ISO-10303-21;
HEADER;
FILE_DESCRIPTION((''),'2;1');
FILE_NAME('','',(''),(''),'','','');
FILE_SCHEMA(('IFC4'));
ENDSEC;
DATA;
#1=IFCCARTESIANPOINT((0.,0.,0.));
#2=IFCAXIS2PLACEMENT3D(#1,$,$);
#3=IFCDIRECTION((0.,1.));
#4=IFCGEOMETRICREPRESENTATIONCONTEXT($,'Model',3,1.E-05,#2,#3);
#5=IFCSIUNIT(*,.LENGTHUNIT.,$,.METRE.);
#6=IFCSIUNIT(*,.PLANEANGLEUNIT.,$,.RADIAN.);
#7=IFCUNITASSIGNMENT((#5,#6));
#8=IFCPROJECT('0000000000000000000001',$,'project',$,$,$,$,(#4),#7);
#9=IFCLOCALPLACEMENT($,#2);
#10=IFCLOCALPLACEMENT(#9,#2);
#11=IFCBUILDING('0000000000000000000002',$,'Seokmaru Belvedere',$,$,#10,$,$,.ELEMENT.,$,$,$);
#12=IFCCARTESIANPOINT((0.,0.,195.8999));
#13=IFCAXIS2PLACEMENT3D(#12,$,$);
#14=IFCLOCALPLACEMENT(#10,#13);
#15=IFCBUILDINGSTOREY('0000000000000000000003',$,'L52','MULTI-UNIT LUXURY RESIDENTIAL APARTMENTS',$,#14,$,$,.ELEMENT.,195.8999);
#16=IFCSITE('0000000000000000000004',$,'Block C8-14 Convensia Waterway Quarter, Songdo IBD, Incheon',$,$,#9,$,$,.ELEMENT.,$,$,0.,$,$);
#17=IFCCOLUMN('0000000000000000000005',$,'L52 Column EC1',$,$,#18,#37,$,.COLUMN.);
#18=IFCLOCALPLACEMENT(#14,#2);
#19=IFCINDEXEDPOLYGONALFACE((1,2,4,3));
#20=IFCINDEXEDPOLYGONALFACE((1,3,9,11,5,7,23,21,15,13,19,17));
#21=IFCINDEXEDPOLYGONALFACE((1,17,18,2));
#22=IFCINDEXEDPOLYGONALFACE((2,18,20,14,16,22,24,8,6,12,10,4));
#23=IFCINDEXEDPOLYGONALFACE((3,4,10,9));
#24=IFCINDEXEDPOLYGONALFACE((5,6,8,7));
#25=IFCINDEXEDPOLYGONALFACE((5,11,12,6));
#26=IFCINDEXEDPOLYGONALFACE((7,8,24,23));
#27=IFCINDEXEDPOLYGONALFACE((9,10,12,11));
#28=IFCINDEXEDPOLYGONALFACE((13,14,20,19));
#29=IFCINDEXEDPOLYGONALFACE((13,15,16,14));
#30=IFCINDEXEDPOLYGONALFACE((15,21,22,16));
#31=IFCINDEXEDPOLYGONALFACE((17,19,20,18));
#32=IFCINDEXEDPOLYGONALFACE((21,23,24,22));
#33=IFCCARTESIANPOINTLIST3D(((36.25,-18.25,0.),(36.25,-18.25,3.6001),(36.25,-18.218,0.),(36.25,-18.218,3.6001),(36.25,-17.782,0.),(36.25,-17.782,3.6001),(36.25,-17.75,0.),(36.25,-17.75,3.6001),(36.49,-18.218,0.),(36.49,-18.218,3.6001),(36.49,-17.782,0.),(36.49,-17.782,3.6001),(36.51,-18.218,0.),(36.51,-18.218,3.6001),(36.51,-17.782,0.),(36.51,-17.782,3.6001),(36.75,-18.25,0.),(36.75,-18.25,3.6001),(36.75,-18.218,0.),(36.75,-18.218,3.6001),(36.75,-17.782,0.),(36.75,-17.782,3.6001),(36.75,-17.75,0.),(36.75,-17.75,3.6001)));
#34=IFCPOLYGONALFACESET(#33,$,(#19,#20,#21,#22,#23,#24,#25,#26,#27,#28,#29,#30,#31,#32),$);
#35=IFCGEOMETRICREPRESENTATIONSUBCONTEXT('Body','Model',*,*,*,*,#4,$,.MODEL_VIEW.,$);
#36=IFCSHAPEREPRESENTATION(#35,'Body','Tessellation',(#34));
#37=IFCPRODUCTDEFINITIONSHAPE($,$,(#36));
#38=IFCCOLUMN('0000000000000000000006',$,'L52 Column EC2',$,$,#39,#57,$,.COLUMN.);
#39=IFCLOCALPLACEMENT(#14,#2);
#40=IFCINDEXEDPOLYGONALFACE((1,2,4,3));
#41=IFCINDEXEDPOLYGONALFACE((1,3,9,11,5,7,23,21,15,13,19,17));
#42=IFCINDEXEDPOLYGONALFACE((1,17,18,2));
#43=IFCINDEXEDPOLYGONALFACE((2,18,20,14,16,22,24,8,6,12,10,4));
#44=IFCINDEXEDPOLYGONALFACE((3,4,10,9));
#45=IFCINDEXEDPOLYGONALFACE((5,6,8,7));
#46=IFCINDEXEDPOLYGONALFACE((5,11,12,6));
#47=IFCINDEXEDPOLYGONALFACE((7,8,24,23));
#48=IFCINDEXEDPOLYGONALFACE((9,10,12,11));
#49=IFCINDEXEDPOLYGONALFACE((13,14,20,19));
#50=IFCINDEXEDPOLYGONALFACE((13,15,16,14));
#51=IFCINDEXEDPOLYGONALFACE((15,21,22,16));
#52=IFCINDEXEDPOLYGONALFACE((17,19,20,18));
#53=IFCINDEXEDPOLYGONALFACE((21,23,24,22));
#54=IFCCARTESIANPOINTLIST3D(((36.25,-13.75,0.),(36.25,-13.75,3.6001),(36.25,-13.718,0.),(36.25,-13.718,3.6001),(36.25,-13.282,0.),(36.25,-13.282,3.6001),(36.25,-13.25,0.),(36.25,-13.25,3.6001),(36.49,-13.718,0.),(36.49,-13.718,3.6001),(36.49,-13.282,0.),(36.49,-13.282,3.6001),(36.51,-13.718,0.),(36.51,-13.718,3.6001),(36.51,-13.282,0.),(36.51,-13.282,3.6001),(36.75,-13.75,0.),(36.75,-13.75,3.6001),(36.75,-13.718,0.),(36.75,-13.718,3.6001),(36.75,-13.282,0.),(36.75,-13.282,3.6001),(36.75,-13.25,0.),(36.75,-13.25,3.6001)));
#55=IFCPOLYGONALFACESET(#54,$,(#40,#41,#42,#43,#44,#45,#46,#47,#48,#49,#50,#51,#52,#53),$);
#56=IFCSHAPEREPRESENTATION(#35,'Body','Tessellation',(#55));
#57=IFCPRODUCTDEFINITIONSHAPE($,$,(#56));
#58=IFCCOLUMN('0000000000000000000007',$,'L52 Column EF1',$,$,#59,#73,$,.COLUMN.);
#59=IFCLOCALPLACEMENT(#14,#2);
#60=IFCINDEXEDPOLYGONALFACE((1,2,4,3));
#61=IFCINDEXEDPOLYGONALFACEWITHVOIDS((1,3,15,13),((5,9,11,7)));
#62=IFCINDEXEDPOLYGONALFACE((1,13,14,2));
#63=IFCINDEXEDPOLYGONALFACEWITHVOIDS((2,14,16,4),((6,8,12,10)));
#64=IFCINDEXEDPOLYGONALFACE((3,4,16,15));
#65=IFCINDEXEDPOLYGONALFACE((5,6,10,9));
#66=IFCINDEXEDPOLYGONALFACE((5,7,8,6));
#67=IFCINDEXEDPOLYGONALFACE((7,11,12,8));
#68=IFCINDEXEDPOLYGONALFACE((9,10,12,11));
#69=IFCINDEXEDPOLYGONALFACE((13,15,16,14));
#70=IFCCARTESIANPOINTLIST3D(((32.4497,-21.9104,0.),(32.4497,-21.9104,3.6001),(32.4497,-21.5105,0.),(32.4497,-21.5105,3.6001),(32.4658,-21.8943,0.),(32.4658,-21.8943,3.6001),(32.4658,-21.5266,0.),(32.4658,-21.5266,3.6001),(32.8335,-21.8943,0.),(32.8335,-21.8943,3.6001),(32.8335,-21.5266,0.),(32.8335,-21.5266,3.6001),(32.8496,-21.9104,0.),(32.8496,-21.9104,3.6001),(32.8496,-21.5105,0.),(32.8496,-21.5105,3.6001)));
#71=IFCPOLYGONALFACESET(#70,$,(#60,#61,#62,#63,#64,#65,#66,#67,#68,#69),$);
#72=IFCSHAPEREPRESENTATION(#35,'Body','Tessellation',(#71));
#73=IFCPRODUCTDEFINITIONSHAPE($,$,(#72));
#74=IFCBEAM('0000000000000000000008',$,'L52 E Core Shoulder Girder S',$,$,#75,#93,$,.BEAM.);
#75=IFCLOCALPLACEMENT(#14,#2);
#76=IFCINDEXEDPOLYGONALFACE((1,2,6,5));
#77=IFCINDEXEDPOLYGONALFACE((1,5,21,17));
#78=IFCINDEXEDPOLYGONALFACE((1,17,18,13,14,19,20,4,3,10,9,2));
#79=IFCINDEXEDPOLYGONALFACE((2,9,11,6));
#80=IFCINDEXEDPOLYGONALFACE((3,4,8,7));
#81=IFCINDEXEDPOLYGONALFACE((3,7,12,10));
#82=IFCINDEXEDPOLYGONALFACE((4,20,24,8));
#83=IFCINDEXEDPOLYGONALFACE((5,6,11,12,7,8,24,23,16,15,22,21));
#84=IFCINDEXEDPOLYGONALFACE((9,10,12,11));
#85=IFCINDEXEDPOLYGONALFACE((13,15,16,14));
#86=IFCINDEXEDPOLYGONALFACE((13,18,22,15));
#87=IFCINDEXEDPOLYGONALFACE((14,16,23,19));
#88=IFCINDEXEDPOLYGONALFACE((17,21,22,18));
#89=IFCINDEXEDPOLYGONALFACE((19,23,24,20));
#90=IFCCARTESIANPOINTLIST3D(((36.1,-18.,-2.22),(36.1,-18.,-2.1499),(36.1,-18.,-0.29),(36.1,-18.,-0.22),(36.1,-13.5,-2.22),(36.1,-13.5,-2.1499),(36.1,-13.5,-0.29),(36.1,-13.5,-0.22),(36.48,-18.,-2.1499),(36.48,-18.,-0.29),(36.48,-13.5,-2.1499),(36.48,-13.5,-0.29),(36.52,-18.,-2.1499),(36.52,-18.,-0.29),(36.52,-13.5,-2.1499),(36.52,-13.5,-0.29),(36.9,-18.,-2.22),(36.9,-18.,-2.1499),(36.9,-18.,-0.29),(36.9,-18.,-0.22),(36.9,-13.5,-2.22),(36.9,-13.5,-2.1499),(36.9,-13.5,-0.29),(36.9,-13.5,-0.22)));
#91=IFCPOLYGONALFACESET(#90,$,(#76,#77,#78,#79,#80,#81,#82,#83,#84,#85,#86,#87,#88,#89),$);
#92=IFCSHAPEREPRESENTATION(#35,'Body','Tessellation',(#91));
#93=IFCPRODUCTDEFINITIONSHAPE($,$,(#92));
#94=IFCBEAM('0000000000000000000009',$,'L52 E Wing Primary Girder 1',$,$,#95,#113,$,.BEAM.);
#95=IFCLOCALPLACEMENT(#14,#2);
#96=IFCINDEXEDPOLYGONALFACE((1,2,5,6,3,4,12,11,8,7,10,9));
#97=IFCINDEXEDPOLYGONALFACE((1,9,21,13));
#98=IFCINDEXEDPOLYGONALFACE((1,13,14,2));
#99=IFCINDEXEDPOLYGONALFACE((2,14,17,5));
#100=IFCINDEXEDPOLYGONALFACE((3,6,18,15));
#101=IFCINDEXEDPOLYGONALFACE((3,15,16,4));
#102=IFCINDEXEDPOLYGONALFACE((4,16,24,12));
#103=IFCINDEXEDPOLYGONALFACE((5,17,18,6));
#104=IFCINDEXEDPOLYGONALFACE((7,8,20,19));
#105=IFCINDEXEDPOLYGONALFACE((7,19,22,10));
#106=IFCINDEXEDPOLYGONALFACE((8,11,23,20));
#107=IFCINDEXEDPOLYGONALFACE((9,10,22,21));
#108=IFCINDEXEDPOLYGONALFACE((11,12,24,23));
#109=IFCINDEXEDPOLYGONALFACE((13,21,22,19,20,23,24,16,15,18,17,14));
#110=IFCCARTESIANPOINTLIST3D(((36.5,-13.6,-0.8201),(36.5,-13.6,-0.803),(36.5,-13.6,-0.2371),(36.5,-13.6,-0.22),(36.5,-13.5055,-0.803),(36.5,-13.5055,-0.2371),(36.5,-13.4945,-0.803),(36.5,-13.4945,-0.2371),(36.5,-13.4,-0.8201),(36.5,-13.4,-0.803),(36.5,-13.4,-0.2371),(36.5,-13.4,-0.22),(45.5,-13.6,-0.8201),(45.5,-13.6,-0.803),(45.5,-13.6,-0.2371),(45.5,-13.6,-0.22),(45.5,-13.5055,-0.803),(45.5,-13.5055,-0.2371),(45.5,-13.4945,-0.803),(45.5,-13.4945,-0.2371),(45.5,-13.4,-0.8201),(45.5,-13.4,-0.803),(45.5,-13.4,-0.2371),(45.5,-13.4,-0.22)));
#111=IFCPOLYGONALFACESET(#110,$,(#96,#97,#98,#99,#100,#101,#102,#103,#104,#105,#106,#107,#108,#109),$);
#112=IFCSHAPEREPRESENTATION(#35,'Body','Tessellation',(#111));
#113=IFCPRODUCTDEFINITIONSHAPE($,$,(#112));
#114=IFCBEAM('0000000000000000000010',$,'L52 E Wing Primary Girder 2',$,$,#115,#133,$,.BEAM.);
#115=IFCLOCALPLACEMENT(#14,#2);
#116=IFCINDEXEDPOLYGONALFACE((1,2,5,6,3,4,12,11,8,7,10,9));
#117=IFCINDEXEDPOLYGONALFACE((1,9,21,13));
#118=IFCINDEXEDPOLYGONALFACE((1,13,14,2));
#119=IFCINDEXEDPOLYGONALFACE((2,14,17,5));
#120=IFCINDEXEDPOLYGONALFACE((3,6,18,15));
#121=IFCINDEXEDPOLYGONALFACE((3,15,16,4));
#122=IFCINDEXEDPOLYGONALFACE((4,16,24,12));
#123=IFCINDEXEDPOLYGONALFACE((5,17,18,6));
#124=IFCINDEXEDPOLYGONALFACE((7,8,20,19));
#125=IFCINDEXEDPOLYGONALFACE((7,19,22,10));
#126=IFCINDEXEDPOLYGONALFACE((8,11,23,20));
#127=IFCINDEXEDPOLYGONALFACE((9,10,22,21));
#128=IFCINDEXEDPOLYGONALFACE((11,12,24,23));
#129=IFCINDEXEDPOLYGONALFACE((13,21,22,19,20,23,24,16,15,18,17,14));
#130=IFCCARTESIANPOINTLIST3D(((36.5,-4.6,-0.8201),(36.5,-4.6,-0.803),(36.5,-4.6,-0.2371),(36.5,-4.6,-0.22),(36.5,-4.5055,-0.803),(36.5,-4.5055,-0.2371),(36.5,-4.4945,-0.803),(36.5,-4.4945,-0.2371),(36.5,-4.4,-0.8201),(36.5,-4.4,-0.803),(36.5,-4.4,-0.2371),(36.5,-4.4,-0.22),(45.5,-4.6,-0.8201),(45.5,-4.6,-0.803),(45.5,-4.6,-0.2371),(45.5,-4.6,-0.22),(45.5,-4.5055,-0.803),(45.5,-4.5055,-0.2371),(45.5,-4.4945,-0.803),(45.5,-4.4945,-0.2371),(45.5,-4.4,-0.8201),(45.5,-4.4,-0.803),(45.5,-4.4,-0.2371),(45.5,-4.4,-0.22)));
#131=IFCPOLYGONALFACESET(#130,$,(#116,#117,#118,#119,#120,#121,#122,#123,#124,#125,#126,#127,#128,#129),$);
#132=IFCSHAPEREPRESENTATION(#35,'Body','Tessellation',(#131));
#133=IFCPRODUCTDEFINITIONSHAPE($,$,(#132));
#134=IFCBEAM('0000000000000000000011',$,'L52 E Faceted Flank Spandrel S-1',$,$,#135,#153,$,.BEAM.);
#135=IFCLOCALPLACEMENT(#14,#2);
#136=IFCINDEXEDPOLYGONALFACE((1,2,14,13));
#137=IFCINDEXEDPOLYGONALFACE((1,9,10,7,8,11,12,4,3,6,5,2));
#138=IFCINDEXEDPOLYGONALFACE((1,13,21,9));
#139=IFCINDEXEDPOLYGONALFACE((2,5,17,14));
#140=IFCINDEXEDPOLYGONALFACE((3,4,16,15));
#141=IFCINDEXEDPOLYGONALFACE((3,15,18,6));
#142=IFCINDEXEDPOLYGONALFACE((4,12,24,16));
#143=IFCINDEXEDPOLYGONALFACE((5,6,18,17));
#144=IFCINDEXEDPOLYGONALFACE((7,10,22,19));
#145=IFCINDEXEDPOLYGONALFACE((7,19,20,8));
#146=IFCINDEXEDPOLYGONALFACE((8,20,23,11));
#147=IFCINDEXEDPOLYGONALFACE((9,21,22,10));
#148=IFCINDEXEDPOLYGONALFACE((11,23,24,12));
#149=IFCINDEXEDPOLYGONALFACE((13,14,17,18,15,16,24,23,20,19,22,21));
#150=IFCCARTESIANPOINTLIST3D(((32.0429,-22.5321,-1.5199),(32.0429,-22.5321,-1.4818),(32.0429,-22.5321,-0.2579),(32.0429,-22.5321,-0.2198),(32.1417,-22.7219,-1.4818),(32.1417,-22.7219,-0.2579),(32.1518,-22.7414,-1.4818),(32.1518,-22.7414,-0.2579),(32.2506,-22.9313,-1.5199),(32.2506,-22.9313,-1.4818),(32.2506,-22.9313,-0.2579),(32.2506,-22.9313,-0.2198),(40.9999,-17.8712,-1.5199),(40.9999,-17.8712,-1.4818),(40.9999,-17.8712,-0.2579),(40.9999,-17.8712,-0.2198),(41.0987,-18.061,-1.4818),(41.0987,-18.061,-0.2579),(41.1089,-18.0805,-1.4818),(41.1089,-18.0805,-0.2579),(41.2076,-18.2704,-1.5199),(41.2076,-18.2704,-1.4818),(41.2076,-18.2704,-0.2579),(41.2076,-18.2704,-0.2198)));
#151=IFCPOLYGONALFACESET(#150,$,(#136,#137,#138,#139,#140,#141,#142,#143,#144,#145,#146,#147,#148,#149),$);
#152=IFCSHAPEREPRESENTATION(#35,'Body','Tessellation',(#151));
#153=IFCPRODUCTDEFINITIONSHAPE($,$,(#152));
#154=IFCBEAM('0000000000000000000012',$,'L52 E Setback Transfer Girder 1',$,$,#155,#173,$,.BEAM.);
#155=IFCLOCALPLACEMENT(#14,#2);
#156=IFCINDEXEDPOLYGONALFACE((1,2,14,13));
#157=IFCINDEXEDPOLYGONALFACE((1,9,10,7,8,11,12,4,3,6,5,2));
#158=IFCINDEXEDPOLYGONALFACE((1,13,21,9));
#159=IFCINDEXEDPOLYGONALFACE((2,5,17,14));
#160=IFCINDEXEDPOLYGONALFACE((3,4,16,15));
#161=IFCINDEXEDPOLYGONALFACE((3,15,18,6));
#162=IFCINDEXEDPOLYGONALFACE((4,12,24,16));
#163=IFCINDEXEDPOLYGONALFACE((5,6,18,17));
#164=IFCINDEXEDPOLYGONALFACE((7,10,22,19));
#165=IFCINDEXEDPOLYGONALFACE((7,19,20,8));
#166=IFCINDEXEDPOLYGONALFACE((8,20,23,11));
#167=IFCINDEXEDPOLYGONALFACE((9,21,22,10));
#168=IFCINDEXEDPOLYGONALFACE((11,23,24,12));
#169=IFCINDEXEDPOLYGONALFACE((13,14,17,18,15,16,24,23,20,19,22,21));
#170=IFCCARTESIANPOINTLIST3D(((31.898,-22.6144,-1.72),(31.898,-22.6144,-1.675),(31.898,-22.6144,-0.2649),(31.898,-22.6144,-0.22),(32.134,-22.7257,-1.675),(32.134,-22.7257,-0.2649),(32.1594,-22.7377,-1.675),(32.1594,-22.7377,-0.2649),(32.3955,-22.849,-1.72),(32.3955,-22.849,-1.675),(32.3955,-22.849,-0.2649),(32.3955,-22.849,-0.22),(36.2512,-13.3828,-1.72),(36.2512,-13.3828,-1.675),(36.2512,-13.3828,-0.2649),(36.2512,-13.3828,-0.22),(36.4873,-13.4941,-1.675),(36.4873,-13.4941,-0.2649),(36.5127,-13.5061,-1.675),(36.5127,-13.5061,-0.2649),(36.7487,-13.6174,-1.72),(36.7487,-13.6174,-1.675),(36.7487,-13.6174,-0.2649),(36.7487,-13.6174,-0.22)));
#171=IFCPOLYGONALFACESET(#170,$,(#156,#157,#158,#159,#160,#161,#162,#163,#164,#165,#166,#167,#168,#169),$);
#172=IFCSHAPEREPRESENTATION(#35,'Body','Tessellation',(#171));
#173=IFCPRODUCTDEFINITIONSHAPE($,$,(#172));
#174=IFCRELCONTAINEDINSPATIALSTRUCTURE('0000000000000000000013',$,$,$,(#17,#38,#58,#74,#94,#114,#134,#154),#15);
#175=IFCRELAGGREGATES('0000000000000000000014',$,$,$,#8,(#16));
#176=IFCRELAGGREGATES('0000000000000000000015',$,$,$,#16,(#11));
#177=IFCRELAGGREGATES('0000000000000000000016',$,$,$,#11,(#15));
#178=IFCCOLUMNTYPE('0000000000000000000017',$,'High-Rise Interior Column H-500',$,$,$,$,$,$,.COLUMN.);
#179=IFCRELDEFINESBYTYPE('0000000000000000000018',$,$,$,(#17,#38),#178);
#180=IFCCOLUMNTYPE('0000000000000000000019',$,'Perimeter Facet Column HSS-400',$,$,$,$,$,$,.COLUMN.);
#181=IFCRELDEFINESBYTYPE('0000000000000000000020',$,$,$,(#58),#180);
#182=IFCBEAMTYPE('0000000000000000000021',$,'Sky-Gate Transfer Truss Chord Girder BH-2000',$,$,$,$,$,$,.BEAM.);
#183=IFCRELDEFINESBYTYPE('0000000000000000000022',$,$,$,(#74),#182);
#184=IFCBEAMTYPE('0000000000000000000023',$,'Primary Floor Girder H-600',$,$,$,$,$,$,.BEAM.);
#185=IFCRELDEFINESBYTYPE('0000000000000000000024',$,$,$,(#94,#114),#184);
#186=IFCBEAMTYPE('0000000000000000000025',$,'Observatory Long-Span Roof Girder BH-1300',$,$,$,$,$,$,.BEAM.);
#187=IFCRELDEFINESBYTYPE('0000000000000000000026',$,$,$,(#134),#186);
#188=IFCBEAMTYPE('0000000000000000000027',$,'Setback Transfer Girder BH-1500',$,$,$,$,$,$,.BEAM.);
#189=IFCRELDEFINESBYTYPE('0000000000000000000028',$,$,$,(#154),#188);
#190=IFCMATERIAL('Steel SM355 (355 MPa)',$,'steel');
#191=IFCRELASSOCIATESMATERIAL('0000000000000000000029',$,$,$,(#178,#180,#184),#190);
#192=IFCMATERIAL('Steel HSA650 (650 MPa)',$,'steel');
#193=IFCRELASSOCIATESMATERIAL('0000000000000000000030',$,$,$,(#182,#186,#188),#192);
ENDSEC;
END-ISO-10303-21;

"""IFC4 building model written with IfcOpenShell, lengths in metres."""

from ifc_helpers import new_model, si_unit, direction, frame, origin, origin_2d, place, context, subcontext, project, spatial, hollow_rectangle, i_section, extrude, source, transform, mapped, material, material_profile, profile_set, type_object, type_shapes, element, save


model = new_model("IFC4")

# Units and contexts
model_context = context("Model", 3, precision=1e-05, world=origin(), true_north=direction((0.0, 1.0)))
body_context = subcontext(model_context, "Body", "Model", "MODEL_VIEW")
ifc_project = project(units=[si_unit("LENGTHUNIT", "METRE"), si_unit("PLANEANGLEUNIT", "RADIAN")], contexts=[model_context])

# Site, building, storey
site_placement = place(None, origin())
site = spatial("IfcSite", under=ifc_project, at=site_placement, Name="Block C8-14 Convensia Waterway Quarter, Songdo IBD, Incheon", CompositionType="ELEMENT", RefElevation=0.0)
building_placement = place(site_placement, origin())
building = spatial("IfcBuilding", under=site, at=building_placement, Name="Seokmaru Belvedere", CompositionType="ELEMENT")
storey_placement = place(building_placement, frame((0.0, 0.0, 195.8999)))
storey = spatial("IfcBuildingStorey", under=building, at=storey_placement, Name="L52", Description="MULTI-UNIT LUXURY RESIDENTIAL APARTMENTS", CompositionType="ELEMENT", Elevation=195.8999)

# Columns
ifc_material_1 = material(Name="Steel SM355 (355 MPa)", Category="steel")
ifc_material_profile_1 = material_profile(ifc_material_1, i_section(OverallWidth=0.5, OverallDepth=0.5, WebThickness=0.02, FlangeThickness=0.032, at=origin_2d()), Name="H-500x500x20x32")
ifc_profile_set_1 = profile_set([ifc_material_profile_1], Name="Steel SM355 (355 MPa)")
column_type_1 = type_object("IfcColumnType", Name="High-Rise Interior Column H-500", PredefinedType="COLUMN", material=ifc_profile_set_1)
shared_shape_1 = source(origin(), body_context, "Body", "SweptSolid", [
    extrude(i_section(OverallWidth=0.5, OverallDepth=0.5, WebThickness=0.02, FlangeThickness=0.032, at=origin_2d()), origin(), (0.0, 0.0, 1.0), 3.6001),
])
type_shapes(column_type_1, [shared_shape_1])
for number, where, z_axis, x_axis, name in (
    (1, (36.5, -18.0, 0.0), (0.0, 0.0, 1.0), (1.0, 0.0, 0.0), "L52 Column EC1"),
    (2, (36.5, -13.5, 0.0), (0.0, 0.0, 1.0), (1.0, 0.0, 0.0), "L52 Column EC2"),
):
    element("IfcColumn", number, at=place(storey_placement, frame(where, z_axis=z_axis, x_axis=x_axis)), inside=storey, type_object=column_type_1, Name=name, PredefinedType="COLUMN", context=body_context, shape_type="MappedRepresentation", body=[
        mapped(shared_shape_1, transform((0.0, 0.0, 0.0), scale=1.0)),
    ])
ifc_material_profile_2 = material_profile(ifc_material_1, hollow_rectangle(XDim=0.3999, YDim=0.3999, WallThickness=0.0161, at=origin_2d()), Name="HSS-400x400x16")
ifc_profile_set_2 = profile_set([ifc_material_profile_2], Name="Steel SM355 (355 MPa)")
column_type_2 = type_object("IfcColumnType", Name="Perimeter Facet Column HSS-400", PredefinedType="COLUMN", material=ifc_profile_set_2)
shared_shape_2 = source(origin(), body_context, "Body", "SweptSolid", [
    extrude(hollow_rectangle(XDim=0.3999, YDim=0.3999, WallThickness=0.0161, at=origin_2d()), origin(), (0.0, 0.0, 1.0), 3.6001),
])
type_shapes(column_type_2, [shared_shape_2])
column_placement = place(storey_placement, frame((32.6497, -21.7104, 0.0), z_axis=(0.0, 0.0, 1.0), x_axis=(1.0, 0.0, 0.0)))
element("IfcColumn", 3, at=column_placement, inside=storey, type_object=column_type_2, Name="L52 Column EF1", PredefinedType="COLUMN", context=body_context, shape_type="MappedRepresentation", body=[
    mapped(shared_shape_2, transform((0.0, 0.0, 0.0), scale=1.0)),
])

# Beams
ifc_material_2 = material(Name="Steel HSA650 (650 MPa)", Category="steel")
ifc_material_profile_3 = material_profile(ifc_material_2, i_section(OverallWidth=0.8, OverallDepth=2.0, WebThickness=0.04, FlangeThickness=0.0701, at=origin_2d()), Name="BH-2000x800x40x70")
ifc_profile_set_3 = profile_set([ifc_material_profile_3], Name="Steel HSA650 (650 MPa)")
beam_type_1 = type_object("IfcBeamType", Name="Sky-Gate Transfer Truss Chord Girder BH-2000", PredefinedType="BEAM", material=ifc_profile_set_3)
shared_shape_3 = source(origin(), body_context, "Body", "SweptSolid", [
    extrude(i_section(OverallWidth=0.8, OverallDepth=2.0, WebThickness=0.04, FlangeThickness=0.0701, at=origin_2d()), origin(), (0.0, 0.0, 1.0), 4.5),
])
type_shapes(beam_type_1, [shared_shape_3])
beam_1_placement = place(storey_placement, frame((36.5, -18.0, -1.22), z_axis=(0.0, 1.0, 0.0), x_axis=(-1.0, 0.0, 0.0)))
element("IfcBeam", 4, at=beam_1_placement, inside=storey, type_object=beam_type_1, Name="L52 E Core Shoulder Girder S", PredefinedType="BEAM", context=body_context, shape_type="MappedRepresentation", body=[
    mapped(shared_shape_3, transform((0.0, 0.0, 0.0), scale=1.0)),
])
ifc_material_profile_4 = material_profile(ifc_material_1, i_section(OverallWidth=0.2, OverallDepth=0.6001, WebThickness=0.011, FlangeThickness=0.0171, at=origin_2d()), Name="H-600x200x11x17")
ifc_profile_set_4 = profile_set([ifc_material_profile_4], Name="Steel SM355 (355 MPa)")
beam_type_2 = type_object("IfcBeamType", Name="Primary Floor Girder H-600", PredefinedType="BEAM", material=ifc_profile_set_4)
shared_shape_4 = source(origin(), body_context, "Body", "SweptSolid", [
    extrude(i_section(OverallWidth=0.2, OverallDepth=0.6001, WebThickness=0.011, FlangeThickness=0.0171, at=origin_2d()), origin(), (0.0, 0.0, 1.0), 9.0),
])
type_shapes(beam_type_2, [shared_shape_4])
for number, where, z_axis, x_axis, name in (
    (5, (36.5, -13.5, -0.52), (1.0, 0.0, 0.0), (0.0, 1.0, 0.0), "L52 E Wing Primary Girder 1"),
    (6, (36.5, -4.5, -0.52), (1.0, 0.0, 0.0), (0.0, 1.0, 0.0), "L52 E Wing Primary Girder 2"),
):
    element("IfcBeam", number, at=place(storey_placement, frame(where, z_axis=z_axis, x_axis=x_axis)), inside=storey, type_object=beam_type_2, Name=name, PredefinedType="BEAM", context=body_context, shape_type="MappedRepresentation", body=[
        mapped(shared_shape_4, transform((0.0, 0.0, 0.0), scale=1.0)),
    ])
ifc_material_profile_5 = material_profile(ifc_material_2, i_section(OverallWidth=0.45, OverallDepth=1.3, WebThickness=0.022, FlangeThickness=0.0381, at=origin_2d()), Name="BH-1300x450x22x38")
ifc_profile_set_5 = profile_set([ifc_material_profile_5], Name="Steel HSA650 (650 MPa)")
beam_type_3 = type_object("IfcBeamType", Name="Observatory Long-Span Roof Girder BH-1300", PredefinedType="BEAM", material=ifc_profile_set_5)
shared_shape_5 = source(origin(), body_context, "Body", "SweptSolid", [
    extrude(i_section(OverallWidth=0.45, OverallDepth=1.3, WebThickness=0.022, FlangeThickness=0.0381, at=origin_2d()), origin(), (0.0, 0.0, 1.0), 10.0972),
])
beam_2_placement = place(storey_placement, frame((32.1467, -22.7317, -0.8699), z_axis=(0.887086, 0.461605, 0.0), x_axis=(-0.461605, 0.887086, 0.0)))
element("IfcBeam", 7, at=beam_2_placement, inside=storey, type_object=beam_type_3, Name="L52 E Faceted Flank Spandrel S-1", PredefinedType="BEAM", context=body_context, shape_type="MappedRepresentation", body=[
    mapped(shared_shape_5, transform((0.0, 0.0, 0.0), scale=1.0)),
])
ifc_material_profile_6 = material_profile(ifc_material_2, i_section(OverallWidth=0.55, OverallDepth=1.5, WebThickness=0.0281, FlangeThickness=0.0449, at=origin_2d()), Name="BH-1500x550x28x45")
ifc_profile_set_6 = profile_set([ifc_material_profile_6], Name="Steel HSA650 (650 MPa)")
beam_type_4 = type_object("IfcBeamType", Name="Setback Transfer Girder BH-1500", PredefinedType="BEAM", material=ifc_profile_set_6)
shared_shape_6 = source(origin(), body_context, "Body", "SweptSolid", [
    extrude(i_section(OverallWidth=0.55, OverallDepth=1.5, WebThickness=0.0281, FlangeThickness=0.0449, at=origin_2d()), origin(), (0.0, 0.0, 1.0), 10.2065),
])
type_shapes(beam_type_4, [shared_shape_6])
beam_3_placement = place(storey_placement, frame((32.1467, -22.7317, -0.97), z_axis=(0.426515, 0.904481, 0.0), x_axis=(-0.904481, 0.426515, 0.0)))
element("IfcBeam", 8, at=beam_3_placement, inside=storey, type_object=beam_type_4, Name="L52 E Setback Transfer Girder 1", PredefinedType="BEAM", context=body_context, shape_type="MappedRepresentation", body=[
    mapped(shared_shape_6, transform((0.0, 0.0, 0.0), scale=1.0)),
])

save(model, "model.ifc")
